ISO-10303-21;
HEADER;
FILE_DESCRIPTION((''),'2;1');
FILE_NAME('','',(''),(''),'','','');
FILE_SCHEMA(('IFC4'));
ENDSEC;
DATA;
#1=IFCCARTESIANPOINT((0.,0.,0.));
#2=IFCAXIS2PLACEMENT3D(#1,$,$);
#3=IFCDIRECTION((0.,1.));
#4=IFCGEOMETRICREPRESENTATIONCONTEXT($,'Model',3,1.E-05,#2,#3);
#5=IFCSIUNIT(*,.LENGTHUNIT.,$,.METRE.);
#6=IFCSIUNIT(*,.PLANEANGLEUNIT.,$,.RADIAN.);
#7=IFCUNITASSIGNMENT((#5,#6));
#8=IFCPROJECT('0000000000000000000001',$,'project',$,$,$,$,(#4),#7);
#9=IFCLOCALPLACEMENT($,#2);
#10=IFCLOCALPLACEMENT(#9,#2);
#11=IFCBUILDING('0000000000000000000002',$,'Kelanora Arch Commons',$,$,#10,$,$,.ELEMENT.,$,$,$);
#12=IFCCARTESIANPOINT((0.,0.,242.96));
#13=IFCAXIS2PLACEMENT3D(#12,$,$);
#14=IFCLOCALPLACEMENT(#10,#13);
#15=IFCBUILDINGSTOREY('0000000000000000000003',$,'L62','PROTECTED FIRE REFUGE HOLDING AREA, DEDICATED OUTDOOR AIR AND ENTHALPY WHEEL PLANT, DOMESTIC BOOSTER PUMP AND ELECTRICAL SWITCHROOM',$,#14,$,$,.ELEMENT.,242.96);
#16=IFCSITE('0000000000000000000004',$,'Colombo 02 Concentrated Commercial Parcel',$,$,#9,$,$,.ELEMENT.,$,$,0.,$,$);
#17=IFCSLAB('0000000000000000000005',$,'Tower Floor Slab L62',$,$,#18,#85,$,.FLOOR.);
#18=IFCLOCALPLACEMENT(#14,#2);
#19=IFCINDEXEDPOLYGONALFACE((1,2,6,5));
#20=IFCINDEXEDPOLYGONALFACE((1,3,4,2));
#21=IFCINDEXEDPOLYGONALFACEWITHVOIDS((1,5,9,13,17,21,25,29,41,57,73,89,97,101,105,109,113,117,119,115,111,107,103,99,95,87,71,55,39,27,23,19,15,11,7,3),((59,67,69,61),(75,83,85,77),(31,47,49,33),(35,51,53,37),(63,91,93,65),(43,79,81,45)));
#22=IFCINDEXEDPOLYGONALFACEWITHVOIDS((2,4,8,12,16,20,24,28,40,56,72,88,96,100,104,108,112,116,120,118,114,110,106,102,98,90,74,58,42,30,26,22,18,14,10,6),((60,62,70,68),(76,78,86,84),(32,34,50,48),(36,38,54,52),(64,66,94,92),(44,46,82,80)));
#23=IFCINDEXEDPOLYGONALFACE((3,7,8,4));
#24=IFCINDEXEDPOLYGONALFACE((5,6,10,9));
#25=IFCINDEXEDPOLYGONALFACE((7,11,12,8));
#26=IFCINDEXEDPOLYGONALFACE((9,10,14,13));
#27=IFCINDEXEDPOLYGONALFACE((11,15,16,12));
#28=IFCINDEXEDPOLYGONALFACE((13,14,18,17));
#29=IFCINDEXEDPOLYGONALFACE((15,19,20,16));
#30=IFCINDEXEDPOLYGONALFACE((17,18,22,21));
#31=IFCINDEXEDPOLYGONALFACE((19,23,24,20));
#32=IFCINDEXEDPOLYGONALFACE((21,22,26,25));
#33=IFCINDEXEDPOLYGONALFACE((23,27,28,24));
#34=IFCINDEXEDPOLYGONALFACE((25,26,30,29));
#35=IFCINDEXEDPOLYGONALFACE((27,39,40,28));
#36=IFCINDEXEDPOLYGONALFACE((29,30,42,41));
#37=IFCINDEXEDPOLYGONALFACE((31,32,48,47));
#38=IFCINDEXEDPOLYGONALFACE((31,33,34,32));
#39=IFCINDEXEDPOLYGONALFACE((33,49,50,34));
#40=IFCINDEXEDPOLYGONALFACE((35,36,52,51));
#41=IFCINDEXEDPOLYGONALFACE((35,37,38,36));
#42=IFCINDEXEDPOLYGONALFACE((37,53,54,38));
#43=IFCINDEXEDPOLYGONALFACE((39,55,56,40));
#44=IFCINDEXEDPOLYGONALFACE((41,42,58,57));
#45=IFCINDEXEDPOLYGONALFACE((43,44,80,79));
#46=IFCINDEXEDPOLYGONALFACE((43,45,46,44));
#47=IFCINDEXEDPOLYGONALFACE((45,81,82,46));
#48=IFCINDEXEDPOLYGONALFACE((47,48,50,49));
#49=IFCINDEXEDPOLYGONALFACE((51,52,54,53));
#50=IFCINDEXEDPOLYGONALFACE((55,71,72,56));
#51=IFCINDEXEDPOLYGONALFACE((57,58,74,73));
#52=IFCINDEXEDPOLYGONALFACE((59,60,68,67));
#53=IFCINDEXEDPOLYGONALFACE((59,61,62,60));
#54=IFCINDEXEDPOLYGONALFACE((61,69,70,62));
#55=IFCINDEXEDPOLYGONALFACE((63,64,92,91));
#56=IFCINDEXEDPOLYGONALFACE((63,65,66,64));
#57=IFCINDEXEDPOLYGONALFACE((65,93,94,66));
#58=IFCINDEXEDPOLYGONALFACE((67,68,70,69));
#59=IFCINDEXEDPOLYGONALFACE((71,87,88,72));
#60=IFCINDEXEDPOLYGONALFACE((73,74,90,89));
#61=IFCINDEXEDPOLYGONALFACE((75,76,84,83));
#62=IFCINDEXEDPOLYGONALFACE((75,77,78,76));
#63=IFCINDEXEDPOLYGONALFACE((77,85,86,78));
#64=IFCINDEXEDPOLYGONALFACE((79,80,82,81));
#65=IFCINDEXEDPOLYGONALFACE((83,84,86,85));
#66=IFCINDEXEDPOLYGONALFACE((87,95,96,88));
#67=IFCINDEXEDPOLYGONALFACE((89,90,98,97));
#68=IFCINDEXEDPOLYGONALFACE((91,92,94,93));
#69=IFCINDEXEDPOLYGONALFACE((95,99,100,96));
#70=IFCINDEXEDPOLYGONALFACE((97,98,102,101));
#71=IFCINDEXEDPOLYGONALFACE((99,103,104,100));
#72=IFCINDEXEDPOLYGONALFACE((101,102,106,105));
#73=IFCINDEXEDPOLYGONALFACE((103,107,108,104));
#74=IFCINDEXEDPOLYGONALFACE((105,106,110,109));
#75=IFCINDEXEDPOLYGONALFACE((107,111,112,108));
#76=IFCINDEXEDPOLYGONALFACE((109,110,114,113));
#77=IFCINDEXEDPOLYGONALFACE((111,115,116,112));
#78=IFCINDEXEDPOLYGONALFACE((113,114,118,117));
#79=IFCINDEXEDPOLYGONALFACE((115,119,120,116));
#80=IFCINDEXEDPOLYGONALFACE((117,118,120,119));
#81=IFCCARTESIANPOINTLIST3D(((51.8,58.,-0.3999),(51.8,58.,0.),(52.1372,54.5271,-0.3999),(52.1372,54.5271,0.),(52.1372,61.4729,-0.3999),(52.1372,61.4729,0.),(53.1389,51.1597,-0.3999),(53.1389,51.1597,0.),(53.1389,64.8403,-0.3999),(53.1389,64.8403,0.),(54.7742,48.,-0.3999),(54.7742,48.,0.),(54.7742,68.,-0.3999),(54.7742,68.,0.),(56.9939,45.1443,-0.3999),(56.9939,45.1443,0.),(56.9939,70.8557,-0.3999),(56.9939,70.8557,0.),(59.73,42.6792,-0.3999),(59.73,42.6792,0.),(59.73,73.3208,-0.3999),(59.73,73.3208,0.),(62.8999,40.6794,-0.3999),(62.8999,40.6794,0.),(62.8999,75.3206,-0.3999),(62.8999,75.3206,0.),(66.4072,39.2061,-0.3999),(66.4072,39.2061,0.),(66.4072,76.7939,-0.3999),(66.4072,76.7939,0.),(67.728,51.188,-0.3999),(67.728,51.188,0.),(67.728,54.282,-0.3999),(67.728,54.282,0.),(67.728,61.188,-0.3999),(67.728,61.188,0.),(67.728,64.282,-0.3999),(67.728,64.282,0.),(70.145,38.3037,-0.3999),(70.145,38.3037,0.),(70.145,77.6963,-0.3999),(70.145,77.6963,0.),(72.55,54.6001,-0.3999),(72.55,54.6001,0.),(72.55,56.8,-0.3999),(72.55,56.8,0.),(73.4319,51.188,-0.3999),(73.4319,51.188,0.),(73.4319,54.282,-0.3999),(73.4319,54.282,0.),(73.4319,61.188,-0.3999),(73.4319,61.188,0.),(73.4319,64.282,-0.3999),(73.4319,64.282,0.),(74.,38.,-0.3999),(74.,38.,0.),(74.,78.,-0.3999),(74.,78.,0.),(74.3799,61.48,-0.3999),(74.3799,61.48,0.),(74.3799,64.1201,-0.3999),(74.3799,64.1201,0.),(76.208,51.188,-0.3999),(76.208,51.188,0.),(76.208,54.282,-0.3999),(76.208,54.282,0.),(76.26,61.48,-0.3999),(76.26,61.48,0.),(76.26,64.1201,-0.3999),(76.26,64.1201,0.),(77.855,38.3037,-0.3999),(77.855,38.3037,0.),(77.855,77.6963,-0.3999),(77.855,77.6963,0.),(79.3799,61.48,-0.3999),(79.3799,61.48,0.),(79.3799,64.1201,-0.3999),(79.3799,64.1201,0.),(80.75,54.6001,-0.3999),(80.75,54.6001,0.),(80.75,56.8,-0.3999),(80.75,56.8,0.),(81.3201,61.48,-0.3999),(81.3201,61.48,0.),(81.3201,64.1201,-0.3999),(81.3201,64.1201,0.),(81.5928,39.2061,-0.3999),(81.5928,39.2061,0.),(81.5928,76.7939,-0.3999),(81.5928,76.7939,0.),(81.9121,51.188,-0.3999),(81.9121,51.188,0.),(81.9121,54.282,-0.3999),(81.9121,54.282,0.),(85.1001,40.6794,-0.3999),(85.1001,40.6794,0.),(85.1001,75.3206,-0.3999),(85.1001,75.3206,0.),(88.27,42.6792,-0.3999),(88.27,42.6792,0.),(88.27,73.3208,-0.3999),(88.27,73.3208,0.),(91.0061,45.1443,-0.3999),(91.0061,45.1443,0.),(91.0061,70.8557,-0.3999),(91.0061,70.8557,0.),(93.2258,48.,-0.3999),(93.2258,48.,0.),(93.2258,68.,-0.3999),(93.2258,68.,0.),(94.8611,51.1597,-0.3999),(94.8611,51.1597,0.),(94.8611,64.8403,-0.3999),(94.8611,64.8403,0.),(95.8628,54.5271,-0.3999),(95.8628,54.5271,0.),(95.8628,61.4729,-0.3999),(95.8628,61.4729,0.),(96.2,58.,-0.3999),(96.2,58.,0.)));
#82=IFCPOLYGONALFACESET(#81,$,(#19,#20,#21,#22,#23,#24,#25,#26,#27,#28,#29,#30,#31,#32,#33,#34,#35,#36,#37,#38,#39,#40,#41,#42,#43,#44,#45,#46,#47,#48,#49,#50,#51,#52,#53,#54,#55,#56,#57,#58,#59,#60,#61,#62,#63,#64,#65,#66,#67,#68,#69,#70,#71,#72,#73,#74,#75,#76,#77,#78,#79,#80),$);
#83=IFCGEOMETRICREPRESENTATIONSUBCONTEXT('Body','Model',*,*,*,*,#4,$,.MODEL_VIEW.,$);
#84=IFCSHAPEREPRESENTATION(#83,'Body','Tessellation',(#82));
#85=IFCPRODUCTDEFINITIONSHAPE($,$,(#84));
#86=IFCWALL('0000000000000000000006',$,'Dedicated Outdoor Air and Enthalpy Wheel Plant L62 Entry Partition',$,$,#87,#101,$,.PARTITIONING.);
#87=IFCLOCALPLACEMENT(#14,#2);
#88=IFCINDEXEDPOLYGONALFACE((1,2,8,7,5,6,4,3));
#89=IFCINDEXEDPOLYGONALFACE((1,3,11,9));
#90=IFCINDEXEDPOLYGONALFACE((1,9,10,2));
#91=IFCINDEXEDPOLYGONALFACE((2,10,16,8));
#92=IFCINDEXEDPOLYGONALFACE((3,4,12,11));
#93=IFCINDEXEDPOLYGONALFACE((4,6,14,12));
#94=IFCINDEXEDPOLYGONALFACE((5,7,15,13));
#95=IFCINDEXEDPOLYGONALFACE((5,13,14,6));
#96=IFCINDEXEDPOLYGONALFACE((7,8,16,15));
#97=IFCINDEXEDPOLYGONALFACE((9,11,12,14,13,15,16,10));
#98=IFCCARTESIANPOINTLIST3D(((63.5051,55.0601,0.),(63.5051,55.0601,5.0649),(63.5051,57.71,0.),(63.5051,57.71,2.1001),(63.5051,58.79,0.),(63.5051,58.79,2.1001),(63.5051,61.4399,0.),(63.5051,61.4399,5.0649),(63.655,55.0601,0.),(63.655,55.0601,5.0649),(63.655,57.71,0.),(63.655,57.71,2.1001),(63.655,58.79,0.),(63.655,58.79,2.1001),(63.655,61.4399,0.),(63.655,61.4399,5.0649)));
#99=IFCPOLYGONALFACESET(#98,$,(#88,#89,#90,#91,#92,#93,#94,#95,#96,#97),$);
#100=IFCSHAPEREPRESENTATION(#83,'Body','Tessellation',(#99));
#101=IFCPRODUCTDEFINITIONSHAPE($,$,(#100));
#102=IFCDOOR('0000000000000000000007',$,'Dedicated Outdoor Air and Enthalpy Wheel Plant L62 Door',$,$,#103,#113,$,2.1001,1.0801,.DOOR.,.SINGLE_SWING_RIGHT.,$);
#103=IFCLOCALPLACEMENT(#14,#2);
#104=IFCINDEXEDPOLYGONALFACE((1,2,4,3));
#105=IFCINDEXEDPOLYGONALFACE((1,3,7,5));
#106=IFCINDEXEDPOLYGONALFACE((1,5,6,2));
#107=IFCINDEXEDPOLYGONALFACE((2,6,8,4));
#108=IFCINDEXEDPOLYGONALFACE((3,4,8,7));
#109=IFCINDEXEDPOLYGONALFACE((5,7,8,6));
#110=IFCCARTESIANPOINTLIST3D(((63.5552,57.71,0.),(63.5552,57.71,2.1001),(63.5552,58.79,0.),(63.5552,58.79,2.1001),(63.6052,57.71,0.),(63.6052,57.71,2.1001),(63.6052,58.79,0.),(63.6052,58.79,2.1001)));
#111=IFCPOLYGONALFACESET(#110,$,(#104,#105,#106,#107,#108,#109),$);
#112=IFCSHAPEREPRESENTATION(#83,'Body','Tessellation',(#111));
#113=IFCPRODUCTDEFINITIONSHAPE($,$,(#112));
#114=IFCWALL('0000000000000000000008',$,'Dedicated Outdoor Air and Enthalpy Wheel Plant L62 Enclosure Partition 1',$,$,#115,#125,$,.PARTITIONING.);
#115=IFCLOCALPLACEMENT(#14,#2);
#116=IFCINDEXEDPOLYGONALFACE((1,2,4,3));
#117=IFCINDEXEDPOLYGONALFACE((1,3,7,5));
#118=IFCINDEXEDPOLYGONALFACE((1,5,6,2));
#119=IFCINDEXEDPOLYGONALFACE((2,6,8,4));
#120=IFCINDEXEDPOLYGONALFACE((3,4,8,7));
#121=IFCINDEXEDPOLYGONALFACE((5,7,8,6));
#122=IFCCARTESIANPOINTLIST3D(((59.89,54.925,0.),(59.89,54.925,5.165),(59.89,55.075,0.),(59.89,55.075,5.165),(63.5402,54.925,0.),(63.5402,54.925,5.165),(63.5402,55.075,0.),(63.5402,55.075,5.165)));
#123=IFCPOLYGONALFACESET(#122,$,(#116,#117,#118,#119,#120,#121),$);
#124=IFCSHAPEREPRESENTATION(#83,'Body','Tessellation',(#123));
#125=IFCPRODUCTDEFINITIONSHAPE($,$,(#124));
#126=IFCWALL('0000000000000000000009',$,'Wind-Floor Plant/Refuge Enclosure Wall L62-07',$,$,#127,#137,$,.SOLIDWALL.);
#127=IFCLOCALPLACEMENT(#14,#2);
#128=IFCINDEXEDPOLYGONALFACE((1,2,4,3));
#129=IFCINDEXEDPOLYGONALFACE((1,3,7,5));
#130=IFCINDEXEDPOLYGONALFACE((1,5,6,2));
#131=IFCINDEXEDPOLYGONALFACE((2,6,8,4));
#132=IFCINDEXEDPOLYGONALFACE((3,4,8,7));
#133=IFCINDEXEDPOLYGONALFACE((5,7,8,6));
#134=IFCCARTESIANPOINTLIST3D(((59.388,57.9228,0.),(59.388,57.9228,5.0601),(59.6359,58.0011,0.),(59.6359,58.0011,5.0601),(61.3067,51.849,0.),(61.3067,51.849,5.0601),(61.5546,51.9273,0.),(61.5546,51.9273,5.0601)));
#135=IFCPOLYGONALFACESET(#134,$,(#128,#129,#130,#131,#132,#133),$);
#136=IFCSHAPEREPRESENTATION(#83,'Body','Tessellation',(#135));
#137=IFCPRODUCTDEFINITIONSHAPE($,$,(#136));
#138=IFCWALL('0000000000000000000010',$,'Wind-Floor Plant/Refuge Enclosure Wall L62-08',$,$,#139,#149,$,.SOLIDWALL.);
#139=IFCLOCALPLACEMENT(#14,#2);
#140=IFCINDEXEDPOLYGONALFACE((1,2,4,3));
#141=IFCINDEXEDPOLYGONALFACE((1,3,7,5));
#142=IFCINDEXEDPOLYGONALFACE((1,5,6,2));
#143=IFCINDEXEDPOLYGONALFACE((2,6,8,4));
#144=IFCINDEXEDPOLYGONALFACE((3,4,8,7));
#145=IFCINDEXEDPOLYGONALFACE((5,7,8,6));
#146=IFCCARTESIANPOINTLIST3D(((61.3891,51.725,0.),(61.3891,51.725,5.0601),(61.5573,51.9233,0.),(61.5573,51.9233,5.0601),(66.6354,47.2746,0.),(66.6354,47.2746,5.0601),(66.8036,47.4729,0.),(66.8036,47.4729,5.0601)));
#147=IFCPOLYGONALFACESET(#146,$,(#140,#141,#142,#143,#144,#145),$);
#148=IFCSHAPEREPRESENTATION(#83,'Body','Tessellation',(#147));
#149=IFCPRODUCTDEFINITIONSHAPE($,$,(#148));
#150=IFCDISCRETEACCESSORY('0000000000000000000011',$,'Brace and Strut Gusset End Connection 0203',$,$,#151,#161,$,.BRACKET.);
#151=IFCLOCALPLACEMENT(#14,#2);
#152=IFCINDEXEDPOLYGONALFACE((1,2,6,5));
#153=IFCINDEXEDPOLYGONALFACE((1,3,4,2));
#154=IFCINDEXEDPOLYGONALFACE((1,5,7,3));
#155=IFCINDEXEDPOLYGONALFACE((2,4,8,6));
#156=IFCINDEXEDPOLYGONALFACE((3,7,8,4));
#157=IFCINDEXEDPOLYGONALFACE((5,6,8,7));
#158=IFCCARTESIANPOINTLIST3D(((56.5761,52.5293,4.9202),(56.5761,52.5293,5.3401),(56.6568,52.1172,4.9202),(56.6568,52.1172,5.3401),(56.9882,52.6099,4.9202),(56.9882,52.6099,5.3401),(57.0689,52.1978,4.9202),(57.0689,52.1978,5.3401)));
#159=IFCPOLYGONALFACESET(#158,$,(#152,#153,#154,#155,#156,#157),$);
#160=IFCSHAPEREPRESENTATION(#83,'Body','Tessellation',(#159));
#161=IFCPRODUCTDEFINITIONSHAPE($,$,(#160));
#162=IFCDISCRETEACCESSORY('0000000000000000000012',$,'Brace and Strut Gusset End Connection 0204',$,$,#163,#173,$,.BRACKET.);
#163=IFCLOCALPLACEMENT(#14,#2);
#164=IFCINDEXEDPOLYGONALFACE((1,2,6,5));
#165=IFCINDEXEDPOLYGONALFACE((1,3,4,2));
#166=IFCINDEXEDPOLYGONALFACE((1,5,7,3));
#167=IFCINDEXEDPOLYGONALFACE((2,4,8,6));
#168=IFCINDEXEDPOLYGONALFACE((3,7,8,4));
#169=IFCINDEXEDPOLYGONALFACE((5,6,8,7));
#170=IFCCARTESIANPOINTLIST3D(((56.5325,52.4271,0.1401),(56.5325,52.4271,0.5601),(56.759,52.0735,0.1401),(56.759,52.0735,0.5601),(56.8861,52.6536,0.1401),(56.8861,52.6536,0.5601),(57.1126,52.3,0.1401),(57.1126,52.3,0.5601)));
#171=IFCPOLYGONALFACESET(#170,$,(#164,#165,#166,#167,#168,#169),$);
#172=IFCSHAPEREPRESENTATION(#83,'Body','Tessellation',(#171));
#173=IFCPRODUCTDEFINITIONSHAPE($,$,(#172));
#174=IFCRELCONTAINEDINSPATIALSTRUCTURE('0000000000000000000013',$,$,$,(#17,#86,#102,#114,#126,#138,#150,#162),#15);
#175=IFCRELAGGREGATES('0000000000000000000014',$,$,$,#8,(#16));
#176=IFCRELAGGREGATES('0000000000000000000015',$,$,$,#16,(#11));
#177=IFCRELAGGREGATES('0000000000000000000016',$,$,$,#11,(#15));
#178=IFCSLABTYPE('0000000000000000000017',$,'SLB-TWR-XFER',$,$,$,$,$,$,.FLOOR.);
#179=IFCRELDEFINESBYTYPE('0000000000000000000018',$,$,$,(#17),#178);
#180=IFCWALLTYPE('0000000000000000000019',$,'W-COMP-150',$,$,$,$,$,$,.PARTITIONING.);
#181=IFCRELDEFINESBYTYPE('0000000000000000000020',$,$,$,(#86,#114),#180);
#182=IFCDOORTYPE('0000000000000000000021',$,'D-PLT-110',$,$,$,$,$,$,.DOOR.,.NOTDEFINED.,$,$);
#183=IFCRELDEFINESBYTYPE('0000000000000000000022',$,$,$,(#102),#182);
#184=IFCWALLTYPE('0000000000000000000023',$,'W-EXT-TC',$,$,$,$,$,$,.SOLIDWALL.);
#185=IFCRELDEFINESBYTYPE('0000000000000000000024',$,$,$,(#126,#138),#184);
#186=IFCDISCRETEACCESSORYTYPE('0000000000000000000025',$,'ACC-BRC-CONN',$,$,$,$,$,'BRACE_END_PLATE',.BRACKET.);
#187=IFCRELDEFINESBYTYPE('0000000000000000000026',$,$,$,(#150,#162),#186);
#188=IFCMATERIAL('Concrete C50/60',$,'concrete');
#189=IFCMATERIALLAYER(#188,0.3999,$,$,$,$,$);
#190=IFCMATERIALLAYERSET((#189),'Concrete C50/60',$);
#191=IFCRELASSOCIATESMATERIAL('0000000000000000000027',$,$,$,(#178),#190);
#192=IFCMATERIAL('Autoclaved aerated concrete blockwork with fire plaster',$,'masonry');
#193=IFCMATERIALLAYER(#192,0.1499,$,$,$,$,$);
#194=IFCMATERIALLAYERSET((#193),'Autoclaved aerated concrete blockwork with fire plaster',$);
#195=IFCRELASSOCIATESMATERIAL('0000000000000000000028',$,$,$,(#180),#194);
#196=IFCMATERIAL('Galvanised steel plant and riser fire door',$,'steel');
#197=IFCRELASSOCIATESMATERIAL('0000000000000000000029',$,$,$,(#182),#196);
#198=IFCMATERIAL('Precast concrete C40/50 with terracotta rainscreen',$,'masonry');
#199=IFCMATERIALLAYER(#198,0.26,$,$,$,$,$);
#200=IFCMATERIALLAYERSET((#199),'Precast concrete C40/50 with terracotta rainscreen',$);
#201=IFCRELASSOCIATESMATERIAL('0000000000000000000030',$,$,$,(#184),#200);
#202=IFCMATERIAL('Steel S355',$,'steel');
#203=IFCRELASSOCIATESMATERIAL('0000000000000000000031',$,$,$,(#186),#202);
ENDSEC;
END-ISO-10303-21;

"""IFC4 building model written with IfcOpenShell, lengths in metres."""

from ifc_helpers import new_model, si_unit, direction, frame, frame_2d, origin, origin_2d, place, context, subcontext, project, spatial, polyline, rectangle, outline, extrude, source, transform, mapped, material, layer, layer_set, type_object, element, fill, save


model = new_model("IFC4")

# Units and contexts
model_context = context("Model", 3, precision=1e-05, world=origin(), true_north=direction((0.0, 1.0)))
body_context = subcontext(model_context, "Body", "Model", "MODEL_VIEW")
ifc_project = project(units=[si_unit("LENGTHUNIT", "METRE"), si_unit("PLANEANGLEUNIT", "RADIAN")], contexts=[model_context])

# Site, building, storey
site_placement = place(None, origin())
site = spatial("IfcSite", under=ifc_project, at=site_placement, Name="Colombo 02 Concentrated Commercial Parcel", CompositionType="ELEMENT", RefElevation=0.0)
building_placement = place(site_placement, origin())
building = spatial("IfcBuilding", under=site, at=building_placement, Name="Kelanora Arch Commons", CompositionType="ELEMENT")
storey_placement = place(building_placement, frame((0.0, 0.0, 242.96)))
storey = spatial("IfcBuildingStorey", under=building, at=storey_placement, Name="L62", Description="PROTECTED FIRE REFUGE HOLDING AREA, DEDICATED OUTDOOR AIR AND ENTHALPY WHEEL PLANT, DOMESTIC BOOSTER PUMP AND ELECTRICAL SWITCHROOM", CompositionType="ELEMENT", Elevation=242.96)

# Shared definitions
ifc_material_1 = material(Name="Concrete C50/60", Category="concrete")

# Shared definitions
ifc_material_2 = material(Name="Steel S355", Category="steel")

# Slab
ifc_layer_1 = layer(ifc_material_1, 0.3999)
ifc_layer_set_1 = layer_set([ifc_layer_1], Name="Concrete C50/60")
slab_type_1 = type_object("IfcSlabType", Name="SLB-TWR-XFER", PredefinedType="FLOOR", material=ifc_layer_set_1)
slab_1_placement = place(storey_placement, frame((0.0, 0.0, -0.3999)))
element("IfcSlab", 1, at=slab_1_placement, inside=storey, type_object=slab_type_1, Name="Tower Floor Slab L62", PredefinedType="FLOOR", context=body_context, shape_type="SweptSolid", body=[
    extrude(outline(polyline([(96.2, 58.0), (95.8628, 61.4729), (94.8611, 64.8403), (93.2258, 68.0), (91.0061, 70.8557), (88.27, 73.3208), (85.1001, 75.3206), (81.5928, 76.7939), (77.855, 77.6963), (74.0, 78.0), (70.145, 77.6963), (66.4072, 76.7939), (62.8999, 75.3206), (59.73, 73.3208), (56.9939, 70.8557), (54.7742, 68.0), (53.1389, 64.8403), (52.1372, 61.4729), (51.8, 58.0), (52.1372, 54.5271), (53.1389, 51.1597), (54.7742, 48.0), (56.9939, 45.1443), (59.73, 42.6792), (62.8999, 40.6794), (66.4072, 39.2061), (70.145, 38.3037), (74.0, 38.0), (77.855, 38.3037), (81.5928, 39.2061), (85.1001, 40.6794), (88.27, 42.6792), (91.0061, 45.1443), (93.2258, 48.0), (94.8611, 51.1597), (95.8628, 54.5271), (96.2, 58.0)]), holes=[polyline([(73.4319, 51.188), (67.728, 51.188), (67.728, 54.282), (73.4319, 54.282), (73.4319, 51.188)]), polyline([(76.208, 51.188), (76.208, 54.282), (81.9121, 54.282), (81.9121, 51.188), (76.208, 51.188)]), polyline([(72.55, 54.6001), (72.55, 56.8), (80.75, 56.8), (80.75, 54.6001), (72.55, 54.6001)]), polyline([(73.4319, 61.188), (67.728, 61.188), (67.728, 64.282), (73.4319, 64.282), (73.4319, 61.188)]), polyline([(74.3799, 61.48), (74.3799, 64.1201), (76.26, 64.1201), (76.26, 61.48), (74.3799, 61.48)]), polyline([(79.3799, 61.48), (79.3799, 64.1201), (81.3201, 64.1201), (81.3201, 61.48), (79.3799, 61.48)])]), origin(), (0.0, 0.0, 1.0), 0.3999),
])

# Wall, opening, door
ifc_material_3 = material(Name="Autoclaved aerated concrete blockwork with fire plaster", Category="masonry")
ifc_layer_2 = layer(ifc_material_3, 0.1499)
ifc_layer_set_2 = layer_set([ifc_layer_2], Name="Autoclaved aerated concrete blockwork with fire plaster")
wall_type_1 = type_object("IfcWallType", Name="W-COMP-150", PredefinedType="PARTITIONING", material=ifc_layer_set_2)
wall_1_placement = place(storey_placement, frame((63.5801, 55.0601, 0.0), z_axis=(0.0, 0.0, 1.0), x_axis=(0.0, 1.0, 0.0)))
wall_1 = element("IfcWall", 2, at=wall_1_placement, inside=storey, type_object=wall_type_1, Name="Dedicated Outdoor Air and Enthalpy Wheel Plant L62 Entry Partition", PredefinedType="PARTITIONING", context=body_context, shape_type="SweptSolid", body=[
    extrude(rectangle(XDim=6.3799, YDim=0.1499, at=frame_2d((3.1899, 0.0))), origin(), (0.0, 0.0, 1.0), 5.0649),
])
opening_placement = place(wall_1_placement, frame((2.6499, 0.0, 0.0)))
opening = element("IfcOpeningElement", 3, at=opening_placement, cuts=wall_1, PredefinedType="OPENING", context=body_context, shape_type="SweptSolid", body=[
    extrude(rectangle(XDim=1.0801, YDim=2.1001, at=frame_2d((0.54, 1.05))), frame((0.0, 0.085, 0.0), z_axis=(0.0, -1.0, 0.0), x_axis=(1.0, 0.0, 0.0)), (0.0, 0.0, 1.0), 0.1699),
])
ifc_material_4 = material(Name="Galvanised steel plant and riser fire door", Category="steel")
door_type = type_object("IfcDoorType", Name="D-PLT-110", OperationType="NOTDEFINED", PredefinedType="DOOR", material=ifc_material_4)
door_placement = place(opening_placement, origin())
door = element("IfcDoor", 4, at=door_placement, inside=storey, type_object=door_type, Name="Dedicated Outdoor Air and Enthalpy Wheel Plant L62 Door", OperationType="SINGLE_SWING_RIGHT", OverallHeight=2.1001, OverallWidth=1.0801, PredefinedType="DOOR", context=body_context, shape_type="SweptSolid", body=[
    extrude(rectangle(XDim=1.0801, YDim=2.1001, at=frame_2d((0.54, 1.05))), frame((0.0, 0.0249, 0.0), z_axis=(0.0, -1.0, 0.0), x_axis=(1.0, 0.0, 0.0)), (0.0, 0.0, 1.0), 0.05),
])
fill(opening, door)

# Walls
wall_2_placement = place(storey_placement, frame((59.8899, 55.0, 0.0), z_axis=(0.0, 0.0, 1.0), x_axis=(1.0, 0.0, 0.0)))
element("IfcWall", 5, at=wall_2_placement, inside=storey, type_object=wall_type_1, Name="Dedicated Outdoor Air and Enthalpy Wheel Plant L62 Enclosure Partition 1", PredefinedType="PARTITIONING", context=body_context, shape_type="SweptSolid", body=[
    extrude(rectangle(XDim=3.6501, YDim=0.1499, at=frame_2d((1.8252, 0.0))), origin(), (0.0, 0.0, 1.0), 5.165),
])
ifc_material_5 = material(Name="Precast concrete C40/50 with terracotta rainscreen", Category="masonry")
ifc_layer_3 = layer(ifc_material_5, 0.26)
ifc_layer_set_3 = layer_set([ifc_layer_3], Name="Precast concrete C40/50 with terracotta rainscreen")
wall_type_2 = type_object("IfcWallType", Name="W-EXT-TC", PredefinedType="SOLIDWALL", material=ifc_layer_set_3)
wall_3_placement = place(storey_placement, frame((59.512, 57.9619, 0.0), z_axis=(0.0, 0.0, 1.0), x_axis=(0.301229, -0.953552, 0.0)))
element("IfcWall", 6, at=wall_3_placement, inside=storey, type_object=wall_type_2, Name="Wind-Floor Plant/Refuge Enclosure Wall L62-07", PredefinedType="SOLIDWALL", context=body_context, shape_type="SweptSolid", body=[
    extrude(rectangle(XDim=6.3696, YDim=0.26, at=frame_2d((3.1848, 0.0))), origin(), (0.0, 0.0, 1.0), 5.0601),
])
wall_4_placement = place(storey_placement, frame((61.4731, 51.8242, 0.0), z_axis=(0.0, 0.0, 1.0), x_axis=(0.762581, -0.646893, 0.0)))
element("IfcWall", 7, at=wall_4_placement, inside=storey, type_object=wall_type_2, Name="Wind-Floor Plant/Refuge Enclosure Wall L62-08", PredefinedType="SOLIDWALL", context=body_context, shape_type="SweptSolid", body=[
    extrude(rectangle(XDim=6.8796, YDim=0.26, at=frame_2d((3.4399, 0.0))), origin(), (0.0, 0.0, 1.0), 5.0601),
])

# Discrete accessories
discrete_accessory_type = type_object("IfcDiscreteAccessoryType", Name="ACC-BRC-CONN", ElementType="BRACE_END_PLATE", PredefinedType="BRACKET", material=ifc_material_2)
shared_shape = source(origin(), body_context, "Body", "SweptSolid", [
    extrude(rectangle(XDim=0.4199, YDim=0.4199, at=origin_2d()), origin(), (0.0, 0.0, 1.0), 0.4199),
])
for number, where, z_axis, x_axis, name in (
    (8, (56.8225, 52.3635, 4.9202), (0.0, 0.0, 1.0), (0.192008, -0.981393, 0.0), "Brace and Strut Gusset End Connection 0203"),
    (9, (56.8225, 52.3635, 0.1401), (0.0, 0.0, 1.0), (0.539359, -0.842076, 0.0), "Brace and Strut Gusset End Connection 0204"),
):
    element("IfcDiscreteAccessory", number, at=place(storey_placement, frame(where, z_axis=z_axis, x_axis=x_axis)), inside=storey, type_object=discrete_accessory_type, Name=name, PredefinedType="BRACKET", context=body_context, shape_type="MappedRepresentation", body=[
        mapped(shared_shape, transform((0.0, 0.0, 0.0), scale=1.0)),
    ])

save(model, "model.ifc")
